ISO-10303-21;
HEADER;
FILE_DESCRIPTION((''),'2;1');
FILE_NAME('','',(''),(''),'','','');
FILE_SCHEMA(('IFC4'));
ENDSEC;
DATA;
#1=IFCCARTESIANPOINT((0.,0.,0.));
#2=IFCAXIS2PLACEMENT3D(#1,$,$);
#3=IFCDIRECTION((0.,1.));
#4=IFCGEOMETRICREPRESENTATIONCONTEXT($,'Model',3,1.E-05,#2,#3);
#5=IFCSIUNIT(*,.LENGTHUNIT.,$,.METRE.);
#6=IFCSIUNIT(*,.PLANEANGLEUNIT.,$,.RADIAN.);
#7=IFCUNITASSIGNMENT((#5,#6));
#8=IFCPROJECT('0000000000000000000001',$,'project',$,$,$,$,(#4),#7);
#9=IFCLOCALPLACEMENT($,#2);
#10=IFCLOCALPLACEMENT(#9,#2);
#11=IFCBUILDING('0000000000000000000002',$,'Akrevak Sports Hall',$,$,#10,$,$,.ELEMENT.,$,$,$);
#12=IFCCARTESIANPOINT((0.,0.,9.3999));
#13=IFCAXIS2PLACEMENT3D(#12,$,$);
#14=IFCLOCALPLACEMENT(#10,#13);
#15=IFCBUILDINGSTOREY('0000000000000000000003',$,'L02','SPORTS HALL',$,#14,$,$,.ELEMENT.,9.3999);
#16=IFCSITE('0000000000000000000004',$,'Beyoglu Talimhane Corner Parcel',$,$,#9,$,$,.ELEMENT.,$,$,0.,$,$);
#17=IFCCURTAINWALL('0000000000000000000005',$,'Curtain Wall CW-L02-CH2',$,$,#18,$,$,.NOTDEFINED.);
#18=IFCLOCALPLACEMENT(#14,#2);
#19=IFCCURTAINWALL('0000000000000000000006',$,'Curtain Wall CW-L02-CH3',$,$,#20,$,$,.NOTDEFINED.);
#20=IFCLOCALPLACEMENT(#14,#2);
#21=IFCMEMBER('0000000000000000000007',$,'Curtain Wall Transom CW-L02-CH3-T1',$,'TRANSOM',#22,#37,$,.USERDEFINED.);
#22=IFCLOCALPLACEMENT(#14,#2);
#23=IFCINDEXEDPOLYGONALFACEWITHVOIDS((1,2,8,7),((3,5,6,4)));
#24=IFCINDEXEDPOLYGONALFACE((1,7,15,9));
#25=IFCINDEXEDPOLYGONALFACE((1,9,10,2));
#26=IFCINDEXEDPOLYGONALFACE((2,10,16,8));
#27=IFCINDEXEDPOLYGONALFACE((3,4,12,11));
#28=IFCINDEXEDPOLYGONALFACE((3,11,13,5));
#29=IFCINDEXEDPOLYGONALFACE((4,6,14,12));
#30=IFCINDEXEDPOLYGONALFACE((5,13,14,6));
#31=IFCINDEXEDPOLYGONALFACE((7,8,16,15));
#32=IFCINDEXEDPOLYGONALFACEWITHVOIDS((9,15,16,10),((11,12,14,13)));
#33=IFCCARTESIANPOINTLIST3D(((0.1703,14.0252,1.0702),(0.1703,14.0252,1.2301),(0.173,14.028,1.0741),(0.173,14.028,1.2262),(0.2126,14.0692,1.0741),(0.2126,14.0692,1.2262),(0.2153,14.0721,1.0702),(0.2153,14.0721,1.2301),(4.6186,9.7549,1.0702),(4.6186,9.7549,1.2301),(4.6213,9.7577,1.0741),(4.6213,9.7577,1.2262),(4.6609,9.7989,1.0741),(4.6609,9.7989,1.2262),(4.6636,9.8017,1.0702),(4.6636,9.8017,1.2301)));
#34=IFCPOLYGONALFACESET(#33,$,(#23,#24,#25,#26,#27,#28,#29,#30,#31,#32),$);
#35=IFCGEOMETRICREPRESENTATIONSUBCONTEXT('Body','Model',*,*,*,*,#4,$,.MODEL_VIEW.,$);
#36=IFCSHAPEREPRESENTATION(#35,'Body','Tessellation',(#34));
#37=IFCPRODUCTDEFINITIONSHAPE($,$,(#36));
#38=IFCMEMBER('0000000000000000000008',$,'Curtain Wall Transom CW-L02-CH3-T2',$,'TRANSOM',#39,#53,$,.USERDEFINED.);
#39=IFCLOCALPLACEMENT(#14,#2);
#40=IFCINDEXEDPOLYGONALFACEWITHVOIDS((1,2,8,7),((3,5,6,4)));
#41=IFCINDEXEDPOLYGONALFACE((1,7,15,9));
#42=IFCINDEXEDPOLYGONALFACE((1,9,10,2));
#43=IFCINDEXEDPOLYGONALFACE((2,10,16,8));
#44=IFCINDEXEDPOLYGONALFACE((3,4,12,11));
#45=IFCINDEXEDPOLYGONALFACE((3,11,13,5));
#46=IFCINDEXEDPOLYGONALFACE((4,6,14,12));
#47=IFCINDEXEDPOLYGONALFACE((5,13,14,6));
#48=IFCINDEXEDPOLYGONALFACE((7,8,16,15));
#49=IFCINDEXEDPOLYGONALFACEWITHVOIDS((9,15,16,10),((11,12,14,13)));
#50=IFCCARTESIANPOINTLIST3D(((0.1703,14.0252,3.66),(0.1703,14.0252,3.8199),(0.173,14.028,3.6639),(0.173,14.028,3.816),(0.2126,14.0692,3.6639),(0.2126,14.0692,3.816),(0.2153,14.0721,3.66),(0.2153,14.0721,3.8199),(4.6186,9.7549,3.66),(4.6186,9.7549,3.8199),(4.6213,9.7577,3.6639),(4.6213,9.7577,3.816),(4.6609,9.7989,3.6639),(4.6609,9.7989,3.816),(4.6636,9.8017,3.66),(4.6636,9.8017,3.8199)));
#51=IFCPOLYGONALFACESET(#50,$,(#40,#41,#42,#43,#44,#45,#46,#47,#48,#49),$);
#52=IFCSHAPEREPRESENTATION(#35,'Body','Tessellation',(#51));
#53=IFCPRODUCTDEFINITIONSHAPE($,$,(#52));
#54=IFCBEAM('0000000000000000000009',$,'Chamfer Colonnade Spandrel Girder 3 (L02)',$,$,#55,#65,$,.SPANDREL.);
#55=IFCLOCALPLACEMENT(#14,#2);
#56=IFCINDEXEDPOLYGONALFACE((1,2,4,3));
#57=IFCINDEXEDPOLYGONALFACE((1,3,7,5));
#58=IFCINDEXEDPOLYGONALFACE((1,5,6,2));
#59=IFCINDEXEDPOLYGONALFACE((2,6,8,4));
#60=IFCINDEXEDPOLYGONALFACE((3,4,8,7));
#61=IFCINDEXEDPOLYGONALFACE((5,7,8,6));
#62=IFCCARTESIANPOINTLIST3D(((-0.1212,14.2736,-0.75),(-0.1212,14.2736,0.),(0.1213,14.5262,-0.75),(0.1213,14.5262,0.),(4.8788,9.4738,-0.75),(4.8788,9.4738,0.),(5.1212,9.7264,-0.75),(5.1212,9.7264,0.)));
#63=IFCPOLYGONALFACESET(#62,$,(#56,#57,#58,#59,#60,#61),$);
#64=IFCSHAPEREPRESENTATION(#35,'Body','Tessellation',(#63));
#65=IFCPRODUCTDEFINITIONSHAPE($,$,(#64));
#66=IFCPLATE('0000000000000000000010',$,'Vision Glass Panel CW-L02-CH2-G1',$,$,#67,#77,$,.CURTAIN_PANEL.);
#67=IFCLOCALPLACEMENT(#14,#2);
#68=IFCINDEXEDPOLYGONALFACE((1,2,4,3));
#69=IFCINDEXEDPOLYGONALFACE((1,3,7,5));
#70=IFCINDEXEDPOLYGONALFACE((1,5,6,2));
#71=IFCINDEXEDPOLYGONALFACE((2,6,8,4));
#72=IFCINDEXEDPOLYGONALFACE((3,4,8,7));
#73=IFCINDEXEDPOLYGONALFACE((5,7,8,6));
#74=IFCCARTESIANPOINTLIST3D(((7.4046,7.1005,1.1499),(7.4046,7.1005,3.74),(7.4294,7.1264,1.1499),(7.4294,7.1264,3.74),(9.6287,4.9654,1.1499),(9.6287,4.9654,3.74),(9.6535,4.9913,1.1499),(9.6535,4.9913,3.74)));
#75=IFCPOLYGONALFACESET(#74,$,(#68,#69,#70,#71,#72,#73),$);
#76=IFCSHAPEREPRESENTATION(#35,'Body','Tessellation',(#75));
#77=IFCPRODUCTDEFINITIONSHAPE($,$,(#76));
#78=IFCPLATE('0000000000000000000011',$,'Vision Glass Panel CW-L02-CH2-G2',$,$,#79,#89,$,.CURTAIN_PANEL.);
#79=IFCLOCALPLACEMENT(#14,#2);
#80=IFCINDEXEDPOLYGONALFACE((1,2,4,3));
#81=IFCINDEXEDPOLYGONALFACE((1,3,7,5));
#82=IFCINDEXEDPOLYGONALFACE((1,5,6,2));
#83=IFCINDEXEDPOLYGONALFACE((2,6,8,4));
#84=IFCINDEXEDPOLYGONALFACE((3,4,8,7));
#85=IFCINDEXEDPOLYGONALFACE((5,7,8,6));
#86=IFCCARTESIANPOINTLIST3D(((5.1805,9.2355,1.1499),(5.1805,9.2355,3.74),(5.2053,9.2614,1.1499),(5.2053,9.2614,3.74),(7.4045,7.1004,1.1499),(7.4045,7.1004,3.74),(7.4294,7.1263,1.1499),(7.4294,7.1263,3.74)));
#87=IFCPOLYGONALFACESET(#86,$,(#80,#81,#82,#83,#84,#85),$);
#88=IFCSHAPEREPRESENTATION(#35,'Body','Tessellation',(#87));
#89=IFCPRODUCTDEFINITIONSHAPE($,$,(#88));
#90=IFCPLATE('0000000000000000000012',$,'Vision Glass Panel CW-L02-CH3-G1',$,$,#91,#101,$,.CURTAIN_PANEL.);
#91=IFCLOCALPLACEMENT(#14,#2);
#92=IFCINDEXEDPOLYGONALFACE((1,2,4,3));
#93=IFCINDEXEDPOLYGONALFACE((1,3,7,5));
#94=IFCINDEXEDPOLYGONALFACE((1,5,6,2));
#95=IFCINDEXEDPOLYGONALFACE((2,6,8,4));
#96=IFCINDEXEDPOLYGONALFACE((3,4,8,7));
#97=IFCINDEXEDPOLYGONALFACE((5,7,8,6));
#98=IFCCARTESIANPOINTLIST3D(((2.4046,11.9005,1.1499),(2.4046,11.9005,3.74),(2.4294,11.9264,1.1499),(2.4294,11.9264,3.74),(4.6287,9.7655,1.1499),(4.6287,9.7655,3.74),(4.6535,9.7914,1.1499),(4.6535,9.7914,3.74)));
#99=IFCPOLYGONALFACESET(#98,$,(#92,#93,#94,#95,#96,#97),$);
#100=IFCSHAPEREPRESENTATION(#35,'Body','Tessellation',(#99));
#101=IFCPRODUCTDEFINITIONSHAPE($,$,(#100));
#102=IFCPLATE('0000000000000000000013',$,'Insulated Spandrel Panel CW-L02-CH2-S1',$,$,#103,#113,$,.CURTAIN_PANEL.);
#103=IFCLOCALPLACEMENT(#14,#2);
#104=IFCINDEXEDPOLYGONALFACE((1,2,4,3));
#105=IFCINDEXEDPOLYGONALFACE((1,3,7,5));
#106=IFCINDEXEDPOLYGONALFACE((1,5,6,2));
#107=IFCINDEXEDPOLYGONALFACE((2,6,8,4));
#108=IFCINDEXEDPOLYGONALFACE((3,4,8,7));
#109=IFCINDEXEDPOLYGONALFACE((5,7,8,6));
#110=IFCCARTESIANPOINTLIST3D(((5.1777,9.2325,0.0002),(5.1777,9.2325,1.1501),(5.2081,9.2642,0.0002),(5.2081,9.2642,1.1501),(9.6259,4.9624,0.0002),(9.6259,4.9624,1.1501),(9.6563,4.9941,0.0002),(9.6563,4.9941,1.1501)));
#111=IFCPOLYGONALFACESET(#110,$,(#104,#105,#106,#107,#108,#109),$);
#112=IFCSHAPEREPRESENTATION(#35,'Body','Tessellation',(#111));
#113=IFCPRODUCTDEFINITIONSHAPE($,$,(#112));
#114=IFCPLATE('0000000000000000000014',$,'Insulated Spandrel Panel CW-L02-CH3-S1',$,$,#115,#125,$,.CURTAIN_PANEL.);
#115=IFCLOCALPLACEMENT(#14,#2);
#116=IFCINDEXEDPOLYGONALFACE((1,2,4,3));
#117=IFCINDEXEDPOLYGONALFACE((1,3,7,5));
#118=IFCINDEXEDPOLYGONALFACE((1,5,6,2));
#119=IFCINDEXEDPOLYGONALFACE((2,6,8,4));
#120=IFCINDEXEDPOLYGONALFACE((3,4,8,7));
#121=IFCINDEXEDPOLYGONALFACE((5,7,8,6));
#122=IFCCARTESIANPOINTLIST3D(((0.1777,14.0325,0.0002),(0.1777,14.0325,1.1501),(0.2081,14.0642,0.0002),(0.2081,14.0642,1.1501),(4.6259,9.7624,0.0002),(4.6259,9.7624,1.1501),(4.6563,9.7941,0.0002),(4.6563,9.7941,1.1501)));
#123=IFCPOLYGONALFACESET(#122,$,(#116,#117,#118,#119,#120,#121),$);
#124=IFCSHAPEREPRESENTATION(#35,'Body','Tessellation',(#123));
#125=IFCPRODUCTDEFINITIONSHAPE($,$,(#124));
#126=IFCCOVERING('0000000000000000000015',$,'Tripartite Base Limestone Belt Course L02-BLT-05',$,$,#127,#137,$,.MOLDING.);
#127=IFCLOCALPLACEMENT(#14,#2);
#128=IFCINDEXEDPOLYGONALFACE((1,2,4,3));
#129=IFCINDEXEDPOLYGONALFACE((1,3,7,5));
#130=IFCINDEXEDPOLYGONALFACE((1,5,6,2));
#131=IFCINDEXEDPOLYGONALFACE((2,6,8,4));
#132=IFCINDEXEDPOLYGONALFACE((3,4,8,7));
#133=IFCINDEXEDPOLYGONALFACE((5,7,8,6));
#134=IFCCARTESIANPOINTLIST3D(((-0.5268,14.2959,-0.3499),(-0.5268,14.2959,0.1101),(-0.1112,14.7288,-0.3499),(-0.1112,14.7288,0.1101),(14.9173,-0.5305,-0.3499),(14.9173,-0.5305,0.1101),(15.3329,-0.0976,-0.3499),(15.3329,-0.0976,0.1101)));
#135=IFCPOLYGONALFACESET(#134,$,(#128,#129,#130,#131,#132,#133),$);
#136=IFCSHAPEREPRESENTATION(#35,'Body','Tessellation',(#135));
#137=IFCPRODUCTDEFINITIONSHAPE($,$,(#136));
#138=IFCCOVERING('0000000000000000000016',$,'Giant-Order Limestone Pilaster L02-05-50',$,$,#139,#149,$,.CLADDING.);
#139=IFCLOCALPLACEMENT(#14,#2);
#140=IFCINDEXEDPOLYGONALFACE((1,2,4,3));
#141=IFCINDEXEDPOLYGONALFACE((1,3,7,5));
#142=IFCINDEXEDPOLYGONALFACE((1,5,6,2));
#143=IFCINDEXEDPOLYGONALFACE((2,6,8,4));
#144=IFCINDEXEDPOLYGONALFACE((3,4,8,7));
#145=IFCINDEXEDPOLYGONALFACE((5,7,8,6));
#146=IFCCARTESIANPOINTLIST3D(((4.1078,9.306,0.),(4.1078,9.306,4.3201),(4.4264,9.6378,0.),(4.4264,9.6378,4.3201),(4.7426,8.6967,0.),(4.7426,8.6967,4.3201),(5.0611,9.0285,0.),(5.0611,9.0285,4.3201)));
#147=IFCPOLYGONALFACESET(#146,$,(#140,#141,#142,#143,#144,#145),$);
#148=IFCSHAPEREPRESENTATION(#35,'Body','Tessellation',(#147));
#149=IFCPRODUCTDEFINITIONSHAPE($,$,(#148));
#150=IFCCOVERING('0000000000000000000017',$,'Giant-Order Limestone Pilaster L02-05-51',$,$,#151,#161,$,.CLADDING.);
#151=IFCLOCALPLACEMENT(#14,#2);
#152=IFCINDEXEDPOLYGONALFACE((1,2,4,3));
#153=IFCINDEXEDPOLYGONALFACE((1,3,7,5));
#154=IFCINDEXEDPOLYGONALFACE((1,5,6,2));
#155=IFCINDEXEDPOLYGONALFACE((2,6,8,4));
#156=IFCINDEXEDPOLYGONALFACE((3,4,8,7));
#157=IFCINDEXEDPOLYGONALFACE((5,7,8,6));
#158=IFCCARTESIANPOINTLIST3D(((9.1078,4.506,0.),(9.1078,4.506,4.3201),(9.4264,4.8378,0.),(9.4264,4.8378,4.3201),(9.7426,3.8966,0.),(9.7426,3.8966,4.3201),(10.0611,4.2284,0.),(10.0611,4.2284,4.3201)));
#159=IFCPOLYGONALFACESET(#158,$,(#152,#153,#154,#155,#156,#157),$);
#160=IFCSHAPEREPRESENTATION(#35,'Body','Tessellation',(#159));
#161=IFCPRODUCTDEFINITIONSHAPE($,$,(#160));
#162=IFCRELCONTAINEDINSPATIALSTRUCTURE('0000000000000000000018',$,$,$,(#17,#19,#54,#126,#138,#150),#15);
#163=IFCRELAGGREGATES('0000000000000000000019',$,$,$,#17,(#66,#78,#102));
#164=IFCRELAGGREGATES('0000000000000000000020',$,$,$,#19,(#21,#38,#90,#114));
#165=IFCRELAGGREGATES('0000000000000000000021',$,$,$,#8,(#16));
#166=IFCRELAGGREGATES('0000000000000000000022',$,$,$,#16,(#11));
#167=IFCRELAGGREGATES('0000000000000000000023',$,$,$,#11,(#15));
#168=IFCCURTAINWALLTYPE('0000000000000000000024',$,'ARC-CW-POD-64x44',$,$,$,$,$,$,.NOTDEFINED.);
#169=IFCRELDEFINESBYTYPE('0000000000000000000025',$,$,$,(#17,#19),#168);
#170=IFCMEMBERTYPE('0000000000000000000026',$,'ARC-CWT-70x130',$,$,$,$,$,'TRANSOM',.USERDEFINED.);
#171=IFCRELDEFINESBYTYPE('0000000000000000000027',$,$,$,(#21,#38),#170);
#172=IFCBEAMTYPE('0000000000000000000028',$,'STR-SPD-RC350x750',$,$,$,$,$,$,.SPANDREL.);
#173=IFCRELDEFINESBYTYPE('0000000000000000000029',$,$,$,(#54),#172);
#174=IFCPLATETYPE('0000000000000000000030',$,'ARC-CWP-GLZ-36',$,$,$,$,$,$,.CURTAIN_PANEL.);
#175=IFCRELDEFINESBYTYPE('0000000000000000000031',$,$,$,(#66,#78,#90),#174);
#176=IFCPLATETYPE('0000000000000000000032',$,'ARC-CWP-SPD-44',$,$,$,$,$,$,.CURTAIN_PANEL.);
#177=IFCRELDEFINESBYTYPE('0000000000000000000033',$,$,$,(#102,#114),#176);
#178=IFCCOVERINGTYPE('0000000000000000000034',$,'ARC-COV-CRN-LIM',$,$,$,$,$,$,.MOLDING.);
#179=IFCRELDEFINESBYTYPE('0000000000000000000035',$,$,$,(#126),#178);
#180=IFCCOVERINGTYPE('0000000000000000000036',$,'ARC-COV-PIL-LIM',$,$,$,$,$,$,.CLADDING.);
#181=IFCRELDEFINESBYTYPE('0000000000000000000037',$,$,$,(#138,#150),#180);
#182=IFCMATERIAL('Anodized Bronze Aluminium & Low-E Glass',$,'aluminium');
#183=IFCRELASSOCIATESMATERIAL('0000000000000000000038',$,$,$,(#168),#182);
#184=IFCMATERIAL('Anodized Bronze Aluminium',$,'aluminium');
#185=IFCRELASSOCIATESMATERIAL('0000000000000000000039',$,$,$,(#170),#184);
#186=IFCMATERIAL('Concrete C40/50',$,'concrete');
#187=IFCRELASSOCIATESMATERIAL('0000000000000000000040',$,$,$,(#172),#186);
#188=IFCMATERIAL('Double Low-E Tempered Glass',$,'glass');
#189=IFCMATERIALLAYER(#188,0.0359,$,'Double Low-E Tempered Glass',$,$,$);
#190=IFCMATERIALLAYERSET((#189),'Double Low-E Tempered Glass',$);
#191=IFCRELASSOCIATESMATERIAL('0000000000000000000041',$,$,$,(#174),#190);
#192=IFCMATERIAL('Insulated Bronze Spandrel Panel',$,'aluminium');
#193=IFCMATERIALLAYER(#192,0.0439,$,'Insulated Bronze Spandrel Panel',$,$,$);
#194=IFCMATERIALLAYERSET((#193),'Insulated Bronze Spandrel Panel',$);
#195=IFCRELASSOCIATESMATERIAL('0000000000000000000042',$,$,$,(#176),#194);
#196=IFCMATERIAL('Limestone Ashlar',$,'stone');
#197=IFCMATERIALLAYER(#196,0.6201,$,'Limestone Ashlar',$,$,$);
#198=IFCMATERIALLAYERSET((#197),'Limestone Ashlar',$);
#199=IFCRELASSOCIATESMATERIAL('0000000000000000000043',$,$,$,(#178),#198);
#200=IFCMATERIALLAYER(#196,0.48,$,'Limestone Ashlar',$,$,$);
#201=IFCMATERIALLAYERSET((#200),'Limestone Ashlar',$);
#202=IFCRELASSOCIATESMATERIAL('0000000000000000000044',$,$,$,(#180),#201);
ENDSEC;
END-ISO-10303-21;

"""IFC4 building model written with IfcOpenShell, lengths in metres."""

from ifc_helpers import new_model, si_unit, direction, frame, origin, origin_2d, place, context, subcontext, project, spatial, rectangle, hollow_rectangle, extrude, material, layer, layer_set, material_profile, profile_set, type_object, element, aggregate, save


model = new_model("IFC4")

# Units and contexts
model_context = context("Model", 3, precision=1e-05, world=origin(), true_north=direction((0.0, 1.0)))
body_context = subcontext(model_context, "Body", "Model", "MODEL_VIEW")
ifc_project = project(units=[si_unit("LENGTHUNIT", "METRE"), si_unit("PLANEANGLEUNIT", "RADIAN")], contexts=[model_context])

# Site, building, storey
site_placement = place(None, origin())
site = spatial("IfcSite", under=ifc_project, at=site_placement, Name="Beyoglu Talimhane Corner Parcel", CompositionType="ELEMENT", RefElevation=0.0)
building_placement = place(site_placement, origin())
building = spatial("IfcBuilding", under=site, at=building_placement, Name="Akrevak Sports Hall", CompositionType="ELEMENT")
storey_placement = place(building_placement, frame((0.0, 0.0, 9.3999)))
storey = spatial("IfcBuildingStorey", under=building, at=storey_placement, Name="L02", Description="SPORTS HALL", CompositionType="ELEMENT", Elevation=9.3999)

# Shared definitions
ifc_material_1 = material(Name="Concrete C40/50", Category="concrete")

# Curtain wall
ifc_material_2 = material(Name="Anodized Bronze Aluminium & Low-E Glass", Category="aluminium")
curtain_wall_type = type_object("IfcCurtainWallType", Name="ARC-CW-POD-64x44", PredefinedType="NOTDEFINED", material=ifc_material_2)
curtain_wall_1_placement = place(storey_placement, origin())
curtain_wall_1 = element("IfcCurtainWall", 1, at=curtain_wall_1_placement, inside=storey, type_object=curtain_wall_type, Name="Curtain Wall CW-L02-CH2", PredefinedType="NOTDEFINED")
ifc_material_3 = material(Name="Anodized Bronze Aluminium", Category="aluminium")

# Curtain wall
curtain_wall_2_placement = place(storey_placement, origin())
curtain_wall_2 = element("IfcCurtainWall", 2, at=curtain_wall_2_placement, inside=storey, type_object=curtain_wall_type, Name="Curtain Wall CW-L02-CH3", PredefinedType="NOTDEFINED")

# Members
ifc_material_profile_1 = material_profile(ifc_material_3, hollow_rectangle(XDim=0.0649, YDim=0.1599, WallThickness=0.0039, at=origin_2d()), Name="CWT 65x160", Category="aluminium")
ifc_profile_set_1 = profile_set([ifc_material_profile_1], Name="Anodized Bronze Aluminium")
member_type_1 = type_object("IfcMemberType", Name="ARC-CWT-70x130", ElementType="TRANSOM", PredefinedType="USERDEFINED", material=ifc_profile_set_1)
member_1_placement = place(storey_placement, frame((4.6411, 9.7783, 1.1501), z_axis=(-0.721391, 0.692528, 0.0), x_axis=(-0.692528, -0.721391, 0.0)))
member_1 = element("IfcMember", 3, at=member_1_placement, type_object=member_type_1, Name="Curtain Wall Transom CW-L02-CH3-T1", ObjectType="TRANSOM", PredefinedType="USERDEFINED", context=body_context, shape_type="SweptSolid", body=[
    extrude(hollow_rectangle(XDim=0.0649, YDim=0.1599, WallThickness=0.0039, at=origin_2d()), origin(), (0.0, 0.0, 1.0), 6.1663),
])
member_2_placement = place(storey_placement, frame((4.6411, 9.7783, 3.74), z_axis=(-0.721391, 0.692528, 0.0), x_axis=(-0.692528, -0.721391, 0.0)))
member_2 = element("IfcMember", 4, at=member_2_placement, type_object=member_type_1, Name="Curtain Wall Transom CW-L02-CH3-T2", ObjectType="TRANSOM", PredefinedType="USERDEFINED", context=body_context, shape_type="SweptSolid", body=[
    extrude(hollow_rectangle(XDim=0.0649, YDim=0.1599, WallThickness=0.0039, at=origin_2d()), origin(), (0.0, 0.0, 1.0), 6.1663),
])

# Beam
ifc_material_profile_2 = material_profile(ifc_material_1, rectangle(XDim=0.3501, YDim=0.75, at=origin_2d()), Name="SPD 350x750", Category="concrete")
ifc_profile_set_2 = profile_set([ifc_material_profile_2], Name="Concrete C40/50")
beam_type = type_object("IfcBeamType", Name="STR-SPD-RC350x750", PredefinedType="SPANDREL", material=ifc_profile_set_2)
beam_placement = place(storey_placement, frame((5.0, 9.6001, -0.375), z_axis=(-0.721401, 0.692517, 0.0), x_axis=(-0.692517, -0.721401, 0.0)))
element("IfcBeam", 5, at=beam_placement, inside=storey, type_object=beam_type, Name="Chamfer Colonnade Spandrel Girder 3 (L02)", PredefinedType="SPANDREL", context=body_context, shape_type="SweptSolid", body=[
    extrude(rectangle(XDim=0.3501, YDim=0.75, at=origin_2d()), origin(), (0.0, 0.0, 1.0), 6.9309),
])

# Plates
ifc_material_4 = material(Name="Double Low-E Tempered Glass", Category="glass")
ifc_layer_1 = layer(ifc_material_4, 0.0359, Name="Double Low-E Tempered Glass")
ifc_layer_set_1 = layer_set([ifc_layer_1], Name="Double Low-E Tempered Glass")
plate_type_1 = type_object("IfcPlateType", Name="ARC-CWP-GLZ-36", PredefinedType="CURTAIN_PANEL", material=ifc_layer_set_1)
plate_1_placement = place(storey_placement, frame((8.5291, 6.0459, 1.1499), z_axis=(0.0, 0.0, 1.0), x_axis=(-0.721398, 0.692521, 0.0)))
plate_1 = element("IfcPlate", 6, at=plate_1_placement, type_object=plate_type_1, Name="Vision Glass Panel CW-L02-CH2-G1", PredefinedType="CURTAIN_PANEL", context=body_context, shape_type="SweptSolid", body=[
    extrude(rectangle(XDim=3.083, YDim=0.0359, at=origin_2d()), origin(), (0.0, 0.0, 1.0), 2.5901),
])
plate_2_placement = place(storey_placement, frame((6.3049, 8.1809, 1.1499), z_axis=(0.0, 0.0, 1.0), x_axis=(-0.721398, 0.692521, 0.0)))
plate_2 = element("IfcPlate", 7, at=plate_2_placement, type_object=plate_type_1, Name="Vision Glass Panel CW-L02-CH2-G2", PredefinedType="CURTAIN_PANEL", context=body_context, shape_type="SweptSolid", body=[
    extrude(rectangle(XDim=3.083, YDim=0.0359, at=origin_2d()), origin(), (0.0, 0.0, 1.0), 2.5901),
])
plate_3_placement = place(storey_placement, frame((3.5291, 10.8459, 1.1499), z_axis=(0.0, 0.0, 1.0), x_axis=(-0.721398, 0.692521, 0.0)))
plate_3 = element("IfcPlate", 8, at=plate_3_placement, type_object=plate_type_1, Name="Vision Glass Panel CW-L02-CH3-G1", PredefinedType="CURTAIN_PANEL", context=body_context, shape_type="SweptSolid", body=[
    extrude(rectangle(XDim=3.083, YDim=0.0359, at=origin_2d()), origin(), (0.0, 0.0, 1.0), 2.5901),
])
ifc_material_5 = material(Name="Insulated Bronze Spandrel Panel", Category="aluminium")
ifc_layer_2 = layer(ifc_material_5, 0.0439, Name="Insulated Bronze Spandrel Panel")
ifc_layer_set_2 = layer_set([ifc_layer_2], Name="Insulated Bronze Spandrel Panel")
plate_type_2 = type_object("IfcPlateType", Name="ARC-CWP-SPD-44", PredefinedType="CURTAIN_PANEL", material=ifc_layer_set_2)
plate_4_placement = place(storey_placement, frame((7.417, 7.1133, 0.0002), z_axis=(0.0, 0.0, 1.0), x_axis=(-0.721398, 0.692521, 0.0)))
plate_4 = element("IfcPlate", 9, at=plate_4_placement, type_object=plate_type_2, Name="Insulated Spandrel Panel CW-L02-CH2-S1", PredefinedType="CURTAIN_PANEL", context=body_context, shape_type="SweptSolid", body=[
    extrude(rectangle(XDim=6.166, YDim=0.0439, at=origin_2d()), origin(), (0.0, 0.0, 1.0), 1.1499),
])
aggregate(curtain_wall_1, [plate_1, plate_2, plate_4])
plate_5_placement = place(storey_placement, frame((2.417, 11.9133, 0.0002), z_axis=(0.0, 0.0, 1.0), x_axis=(-0.721398, 0.692521, 0.0)))
plate_5 = element("IfcPlate", 10, at=plate_5_placement, type_object=plate_type_2, Name="Insulated Spandrel Panel CW-L02-CH3-S1", PredefinedType="CURTAIN_PANEL", context=body_context, shape_type="SweptSolid", body=[
    extrude(rectangle(XDim=6.166, YDim=0.0439, at=origin_2d()), origin(), (0.0, 0.0, 1.0), 1.1499),
])
aggregate(curtain_wall_2, [member_1, member_2, plate_3, plate_5])

# Coverings
ifc_material_6 = material(Name="Limestone Ashlar", Category="stone")
ifc_layer_3 = layer(ifc_material_6, 0.6201, Name="Limestone Ashlar")
ifc_layer_set_3 = layer_set([ifc_layer_3], Name="Limestone Ashlar")
covering_type_1 = type_object("IfcCoveringType", Name="ARC-COV-CRN-LIM", PredefinedType="MOLDING", material=ifc_layer_set_3)
covering_placement = place(storey_placement, frame((7.4031, 7.0991, -0.3499), z_axis=(0.0, 0.0, 1.0), x_axis=(0.721386, -0.692534, 0.0)))
element("IfcCovering", 11, at=covering_placement, inside=storey, type_object=covering_type_1, Name="Tripartite Base Limestone Belt Course L02-BLT-05", PredefinedType="MOLDING", context=body_context, shape_type="SweptSolid", body=[
    extrude(rectangle(XDim=21.4089, YDim=0.6001, at=origin_2d()), origin(), (0.0, 0.0, 1.0), 0.46),
])
ifc_layer_4 = layer(ifc_material_6, 0.48, Name="Limestone Ashlar")
ifc_layer_set_4 = layer_set([ifc_layer_4], Name="Limestone Ashlar")
covering_type_2 = type_object("IfcCoveringType", Name="ARC-COV-PIL-LIM", PredefinedType="CLADDING", material=ifc_layer_set_4)
for number, where, z_axis, x_axis, name in (
    (12, (4.5845, 9.1672, 0.0), (0.0, 0.0, 1.0), (0.721386, -0.692534, 0.0), "Giant-Order Limestone Pilaster L02-05-50"),
    (13, (9.5845, 4.3672, 0.0), (0.0, 0.0, 1.0), (0.721386, -0.692534, 0.0), "Giant-Order Limestone Pilaster L02-05-51"),
):
    element("IfcCovering", number, at=place(storey_placement, frame(where, z_axis=z_axis, x_axis=x_axis)), inside=storey, type_object=covering_type_2, Name=name, PredefinedType="CLADDING", context=body_context, shape_type="SweptSolid", body=[
        extrude(rectangle(XDim=0.8799, YDim=0.46, at=origin_2d()), origin(), (0.0, 0.0, 1.0), 4.3201),
    ])

save(model, "model.ifc")
